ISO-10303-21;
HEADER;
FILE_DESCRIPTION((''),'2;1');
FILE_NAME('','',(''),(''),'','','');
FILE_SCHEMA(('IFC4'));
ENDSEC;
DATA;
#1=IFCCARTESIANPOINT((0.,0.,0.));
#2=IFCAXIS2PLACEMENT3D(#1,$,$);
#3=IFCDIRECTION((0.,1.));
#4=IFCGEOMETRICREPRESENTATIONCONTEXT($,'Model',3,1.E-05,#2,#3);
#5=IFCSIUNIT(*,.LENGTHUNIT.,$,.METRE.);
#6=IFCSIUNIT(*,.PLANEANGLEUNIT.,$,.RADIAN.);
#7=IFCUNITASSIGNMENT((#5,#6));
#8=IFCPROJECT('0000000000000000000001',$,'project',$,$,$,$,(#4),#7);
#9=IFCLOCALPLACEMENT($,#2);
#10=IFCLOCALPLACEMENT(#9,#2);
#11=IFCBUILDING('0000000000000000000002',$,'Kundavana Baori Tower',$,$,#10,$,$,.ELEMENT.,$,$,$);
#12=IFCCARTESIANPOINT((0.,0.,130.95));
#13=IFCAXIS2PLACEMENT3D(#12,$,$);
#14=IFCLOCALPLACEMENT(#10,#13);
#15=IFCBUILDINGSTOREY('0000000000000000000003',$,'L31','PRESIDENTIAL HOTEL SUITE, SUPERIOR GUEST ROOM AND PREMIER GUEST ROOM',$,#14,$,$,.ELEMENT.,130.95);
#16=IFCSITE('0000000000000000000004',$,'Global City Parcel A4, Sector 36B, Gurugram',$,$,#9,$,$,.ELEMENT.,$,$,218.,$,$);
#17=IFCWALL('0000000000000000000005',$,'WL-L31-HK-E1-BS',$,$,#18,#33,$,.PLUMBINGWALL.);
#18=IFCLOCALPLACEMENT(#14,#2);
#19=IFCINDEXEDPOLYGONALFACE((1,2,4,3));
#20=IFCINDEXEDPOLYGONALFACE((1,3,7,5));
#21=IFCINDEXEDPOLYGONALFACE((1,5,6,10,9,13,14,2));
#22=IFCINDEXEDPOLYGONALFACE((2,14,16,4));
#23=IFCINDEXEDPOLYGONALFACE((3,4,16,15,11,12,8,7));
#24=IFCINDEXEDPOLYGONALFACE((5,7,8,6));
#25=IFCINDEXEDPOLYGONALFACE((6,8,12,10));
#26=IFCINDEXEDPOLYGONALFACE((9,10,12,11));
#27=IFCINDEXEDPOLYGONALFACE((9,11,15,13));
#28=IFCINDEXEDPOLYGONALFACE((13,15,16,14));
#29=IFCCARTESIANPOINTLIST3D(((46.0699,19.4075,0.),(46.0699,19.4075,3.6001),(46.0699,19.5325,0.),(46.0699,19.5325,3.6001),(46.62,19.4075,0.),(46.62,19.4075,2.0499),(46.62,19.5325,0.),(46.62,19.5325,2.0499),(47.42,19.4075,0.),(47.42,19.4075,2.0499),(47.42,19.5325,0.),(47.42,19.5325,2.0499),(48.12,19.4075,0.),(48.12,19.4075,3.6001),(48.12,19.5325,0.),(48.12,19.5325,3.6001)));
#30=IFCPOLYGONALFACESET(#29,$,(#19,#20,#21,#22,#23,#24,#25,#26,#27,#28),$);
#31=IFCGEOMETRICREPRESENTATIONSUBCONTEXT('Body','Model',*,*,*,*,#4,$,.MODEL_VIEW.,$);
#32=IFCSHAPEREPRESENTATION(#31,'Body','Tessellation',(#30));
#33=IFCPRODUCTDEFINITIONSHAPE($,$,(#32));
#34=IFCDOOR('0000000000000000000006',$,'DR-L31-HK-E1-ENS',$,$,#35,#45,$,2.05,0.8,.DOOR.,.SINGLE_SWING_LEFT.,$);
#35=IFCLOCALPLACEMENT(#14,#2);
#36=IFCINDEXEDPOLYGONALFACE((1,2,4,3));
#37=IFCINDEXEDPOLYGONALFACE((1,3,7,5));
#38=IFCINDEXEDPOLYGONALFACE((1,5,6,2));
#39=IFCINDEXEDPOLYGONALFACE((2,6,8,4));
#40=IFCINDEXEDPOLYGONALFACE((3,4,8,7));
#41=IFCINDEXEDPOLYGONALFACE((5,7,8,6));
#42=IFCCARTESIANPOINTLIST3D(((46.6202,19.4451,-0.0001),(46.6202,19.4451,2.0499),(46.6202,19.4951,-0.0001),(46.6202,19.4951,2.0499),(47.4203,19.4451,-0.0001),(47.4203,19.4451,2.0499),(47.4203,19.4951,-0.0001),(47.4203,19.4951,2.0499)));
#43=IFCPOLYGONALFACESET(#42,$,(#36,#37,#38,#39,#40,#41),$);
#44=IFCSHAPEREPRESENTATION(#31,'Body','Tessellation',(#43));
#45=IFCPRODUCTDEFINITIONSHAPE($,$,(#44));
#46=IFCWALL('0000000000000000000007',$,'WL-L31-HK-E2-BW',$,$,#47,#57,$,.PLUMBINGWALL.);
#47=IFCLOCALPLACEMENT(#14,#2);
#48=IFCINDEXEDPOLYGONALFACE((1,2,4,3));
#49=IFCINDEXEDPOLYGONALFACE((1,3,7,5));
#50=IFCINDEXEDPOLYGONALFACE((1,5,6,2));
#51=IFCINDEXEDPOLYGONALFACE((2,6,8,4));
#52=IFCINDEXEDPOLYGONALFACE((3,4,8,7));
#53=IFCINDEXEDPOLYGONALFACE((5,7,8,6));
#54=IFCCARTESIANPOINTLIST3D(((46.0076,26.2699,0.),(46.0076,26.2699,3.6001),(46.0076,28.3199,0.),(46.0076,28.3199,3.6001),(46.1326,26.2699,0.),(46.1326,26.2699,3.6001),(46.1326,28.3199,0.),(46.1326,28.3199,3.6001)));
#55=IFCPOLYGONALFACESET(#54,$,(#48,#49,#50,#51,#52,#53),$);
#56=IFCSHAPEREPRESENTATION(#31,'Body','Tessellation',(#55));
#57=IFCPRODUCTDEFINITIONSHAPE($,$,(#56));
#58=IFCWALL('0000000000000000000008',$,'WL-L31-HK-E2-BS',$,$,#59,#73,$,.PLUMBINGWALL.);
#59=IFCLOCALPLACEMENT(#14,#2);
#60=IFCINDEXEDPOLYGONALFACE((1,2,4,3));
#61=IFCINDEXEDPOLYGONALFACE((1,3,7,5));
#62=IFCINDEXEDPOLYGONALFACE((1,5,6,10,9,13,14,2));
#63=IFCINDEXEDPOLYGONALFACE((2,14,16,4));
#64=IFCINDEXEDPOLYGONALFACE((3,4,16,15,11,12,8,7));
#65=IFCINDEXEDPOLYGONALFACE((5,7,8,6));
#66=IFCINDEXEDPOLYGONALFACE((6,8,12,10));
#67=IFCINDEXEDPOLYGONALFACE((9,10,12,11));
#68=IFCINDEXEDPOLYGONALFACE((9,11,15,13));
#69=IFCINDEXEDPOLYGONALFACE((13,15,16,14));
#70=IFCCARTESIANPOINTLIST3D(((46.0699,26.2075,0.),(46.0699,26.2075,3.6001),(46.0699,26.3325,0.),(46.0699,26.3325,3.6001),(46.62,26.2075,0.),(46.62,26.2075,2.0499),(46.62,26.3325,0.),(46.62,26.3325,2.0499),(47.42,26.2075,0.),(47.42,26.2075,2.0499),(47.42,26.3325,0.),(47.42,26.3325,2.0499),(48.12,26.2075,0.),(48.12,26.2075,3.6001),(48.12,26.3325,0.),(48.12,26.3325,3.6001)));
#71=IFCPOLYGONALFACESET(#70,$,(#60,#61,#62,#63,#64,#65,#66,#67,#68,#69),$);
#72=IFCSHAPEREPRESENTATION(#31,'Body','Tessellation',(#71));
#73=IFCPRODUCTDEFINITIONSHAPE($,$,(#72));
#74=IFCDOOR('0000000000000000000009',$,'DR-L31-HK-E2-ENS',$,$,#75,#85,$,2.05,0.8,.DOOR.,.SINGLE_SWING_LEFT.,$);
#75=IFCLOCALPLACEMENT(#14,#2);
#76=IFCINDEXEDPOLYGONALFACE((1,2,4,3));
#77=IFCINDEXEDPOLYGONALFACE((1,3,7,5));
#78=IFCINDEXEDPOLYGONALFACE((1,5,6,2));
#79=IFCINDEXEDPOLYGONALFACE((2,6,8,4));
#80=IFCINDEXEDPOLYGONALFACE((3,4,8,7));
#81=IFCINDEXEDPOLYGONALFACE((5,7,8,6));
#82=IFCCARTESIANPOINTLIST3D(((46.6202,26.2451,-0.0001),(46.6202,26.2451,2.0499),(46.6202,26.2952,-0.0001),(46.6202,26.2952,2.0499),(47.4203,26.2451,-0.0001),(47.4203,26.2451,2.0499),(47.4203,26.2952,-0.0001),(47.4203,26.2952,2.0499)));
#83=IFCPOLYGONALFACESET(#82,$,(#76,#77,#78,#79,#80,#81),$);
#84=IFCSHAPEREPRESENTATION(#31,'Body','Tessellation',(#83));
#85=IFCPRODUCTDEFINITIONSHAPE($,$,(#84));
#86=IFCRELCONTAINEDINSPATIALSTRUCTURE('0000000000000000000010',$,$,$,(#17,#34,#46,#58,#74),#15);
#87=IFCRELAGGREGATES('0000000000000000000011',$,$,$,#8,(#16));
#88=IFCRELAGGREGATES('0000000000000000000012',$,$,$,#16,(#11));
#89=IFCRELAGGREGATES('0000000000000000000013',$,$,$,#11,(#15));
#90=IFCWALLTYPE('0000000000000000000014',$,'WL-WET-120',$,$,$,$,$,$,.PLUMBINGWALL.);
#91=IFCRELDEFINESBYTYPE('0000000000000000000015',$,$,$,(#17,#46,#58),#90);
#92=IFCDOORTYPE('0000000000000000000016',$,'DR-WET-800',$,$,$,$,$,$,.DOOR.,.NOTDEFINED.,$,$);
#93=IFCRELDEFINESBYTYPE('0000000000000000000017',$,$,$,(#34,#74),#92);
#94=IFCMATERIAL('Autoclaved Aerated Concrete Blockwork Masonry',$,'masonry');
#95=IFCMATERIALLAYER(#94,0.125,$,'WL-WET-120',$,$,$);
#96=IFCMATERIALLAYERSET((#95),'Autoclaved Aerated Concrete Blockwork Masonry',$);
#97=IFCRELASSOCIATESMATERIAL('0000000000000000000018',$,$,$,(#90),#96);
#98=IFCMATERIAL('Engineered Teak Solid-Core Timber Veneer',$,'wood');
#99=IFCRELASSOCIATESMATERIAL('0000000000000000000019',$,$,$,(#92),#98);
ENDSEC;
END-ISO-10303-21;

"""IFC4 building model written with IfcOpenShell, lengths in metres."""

from ifc_helpers import new_model, si_unit, direction, frame, frame_2d, origin, place, context, subcontext, project, spatial, rectangle, extrude, material, layer, layer_set, type_object, element, fill, save


model = new_model("IFC4")

# Units and contexts
model_context = context("Model", 3, precision=1e-05, world=origin(), true_north=direction((0.0, 1.0)))
body_context = subcontext(model_context, "Body", "Model", "MODEL_VIEW")
ifc_project = project(units=[si_unit("LENGTHUNIT", "METRE"), si_unit("PLANEANGLEUNIT", "RADIAN")], contexts=[model_context])

# Site, building, storey
site_placement = place(None, origin())
site = spatial("IfcSite", under=ifc_project, at=site_placement, Name="Global City Parcel A4, Sector 36B, Gurugram", CompositionType="ELEMENT", RefElevation=218.0)
building_placement = place(site_placement, origin())
building = spatial("IfcBuilding", under=site, at=building_placement, Name="Kundavana Baori Tower", CompositionType="ELEMENT")
storey_placement = place(building_placement, frame((0.0, 0.0, 130.95)))
storey = spatial("IfcBuildingStorey", under=building, at=storey_placement, Name="L31", Description="PRESIDENTIAL HOTEL SUITE, SUPERIOR GUEST ROOM AND PREMIER GUEST ROOM", CompositionType="ELEMENT", Elevation=130.95)

# Shared definitions
ifc_material_1 = material(Name="Autoclaved Aerated Concrete Blockwork Masonry", Category="masonry")
ifc_layer_1 = layer(ifc_material_1, 0.125, Name="WL-WET-120")
ifc_layer_set_1 = layer_set([ifc_layer_1], Name="Autoclaved Aerated Concrete Blockwork Masonry")
wall_type_1 = type_object("IfcWallType", Name="WL-WET-120", PredefinedType="PLUMBINGWALL", material=ifc_layer_set_1)

# Wall, opening, door
wall_1_placement = place(storey_placement, frame((46.0701, 19.47, 0.0), z_axis=(0.0, 0.0, 1.0), x_axis=(1.0, 0.0, 0.0)))
wall_1 = element("IfcWall", 1, at=wall_1_placement, inside=storey, type_object=wall_type_1, Name="WL-L31-HK-E1-BS", PredefinedType="PLUMBINGWALL", context=body_context, shape_type="SweptSolid", body=[
    extrude(rectangle(XDim=2.05, YDim=0.125, at=frame_2d((1.0249, 0.0))), origin(), (0.0, 0.0, 1.0), 3.6001),
])
opening_1_placement = place(wall_1_placement, frame((0.55, 0.0, 0.0)))
opening_1 = element("IfcOpeningElement", 2, at=opening_1_placement, cuts=wall_1, PredefinedType="OPENING", context=body_context, shape_type="SweptSolid", body=[
    extrude(rectangle(XDim=0.8, YDim=2.05, at=frame_2d((0.3999, 1.0249))), frame((0.0, 0.0725, 0.0), z_axis=(0.0, -1.0, 0.0), x_axis=(1.0, 0.0, 0.0)), (0.0, 0.0, 1.0), 0.145),
])
ifc_material_2 = material(Name="Engineered Teak Solid-Core Timber Veneer", Category="wood")
door_type_1 = type_object("IfcDoorType", Name="DR-WET-800", OperationType="NOTDEFINED", PredefinedType="DOOR", material=ifc_material_2)
door_1_placement = place(opening_1_placement, frame((0.8, 0.0, 0.0), z_axis=(0.0, 0.0, 1.0), x_axis=(-1.0, 0.0, 0.0)))
door_1 = element("IfcDoor", 3, at=door_1_placement, inside=storey, type_object=door_type_1, Name="DR-L31-HK-E1-ENS", OperationType="SINGLE_SWING_LEFT", OverallHeight=2.05, OverallWidth=0.8, PredefinedType="DOOR", context=body_context, shape_type="SweptSolid", body=[
    extrude(rectangle(XDim=0.8, YDim=2.05, at=frame_2d((0.3999, 1.0249))), frame((0.0, 0.0249, 0.0), z_axis=(0.0, -1.0, 0.0), x_axis=(1.0, 0.0, 0.0)), (0.0, 0.0, 1.0), 0.05),
])
fill(opening_1, door_1)

# Wall
wall_2_placement = place(storey_placement, frame((46.0701, 26.27, 0.0), z_axis=(0.0, 0.0, 1.0), x_axis=(0.0, 1.0, 0.0)))
element("IfcWall", 4, at=wall_2_placement, inside=storey, type_object=wall_type_1, Name="WL-L31-HK-E2-BW", PredefinedType="PLUMBINGWALL", context=body_context, shape_type="SweptSolid", body=[
    extrude(rectangle(XDim=2.05, YDim=0.125, at=frame_2d((1.0249, 0.0))), origin(), (0.0, 0.0, 1.0), 3.6001),
])

# Wall, opening, door
wall_3_placement = place(storey_placement, frame((46.0701, 26.27, 0.0), z_axis=(0.0, 0.0, 1.0), x_axis=(1.0, 0.0, 0.0)))
wall_3 = element("IfcWall", 5, at=wall_3_placement, inside=storey, type_object=wall_type_1, Name="WL-L31-HK-E2-BS", PredefinedType="PLUMBINGWALL", context=body_context, shape_type="SweptSolid", body=[
    extrude(rectangle(XDim=2.05, YDim=0.125, at=frame_2d((1.0249, 0.0))), origin(), (0.0, 0.0, 1.0), 3.6001),
])
opening_2_placement = place(wall_3_placement, frame((0.55, 0.0, 0.0)))
opening_2 = element("IfcOpeningElement", 6, at=opening_2_placement, cuts=wall_3, PredefinedType="OPENING", context=body_context, shape_type="SweptSolid", body=[
    extrude(rectangle(XDim=0.8, YDim=2.05, at=frame_2d((0.3999, 1.0249))), frame((0.0, 0.0725, 0.0), z_axis=(0.0, -1.0, 0.0), x_axis=(1.0, 0.0, 0.0)), (0.0, 0.0, 1.0), 0.145),
])
door_2_placement = place(opening_2_placement, frame((0.8, 0.0, 0.0), z_axis=(0.0, 0.0, 1.0), x_axis=(-1.0, 0.0, 0.0)))
door_2 = element("IfcDoor", 7, at=door_2_placement, inside=storey, type_object=door_type_1, Name="DR-L31-HK-E2-ENS", OperationType="SINGLE_SWING_LEFT", OverallHeight=2.05, OverallWidth=0.8, PredefinedType="DOOR", context=body_context, shape_type="SweptSolid", body=[
    extrude(rectangle(XDim=0.8, YDim=2.05, at=frame_2d((0.3999, 1.0249))), frame((0.0, 0.0249, 0.0), z_axis=(0.0, -1.0, 0.0), x_axis=(1.0, 0.0, 0.0)), (0.0, 0.0, 1.0), 0.05),
])
fill(opening_2, door_2)

save(model, "model.ifc")
